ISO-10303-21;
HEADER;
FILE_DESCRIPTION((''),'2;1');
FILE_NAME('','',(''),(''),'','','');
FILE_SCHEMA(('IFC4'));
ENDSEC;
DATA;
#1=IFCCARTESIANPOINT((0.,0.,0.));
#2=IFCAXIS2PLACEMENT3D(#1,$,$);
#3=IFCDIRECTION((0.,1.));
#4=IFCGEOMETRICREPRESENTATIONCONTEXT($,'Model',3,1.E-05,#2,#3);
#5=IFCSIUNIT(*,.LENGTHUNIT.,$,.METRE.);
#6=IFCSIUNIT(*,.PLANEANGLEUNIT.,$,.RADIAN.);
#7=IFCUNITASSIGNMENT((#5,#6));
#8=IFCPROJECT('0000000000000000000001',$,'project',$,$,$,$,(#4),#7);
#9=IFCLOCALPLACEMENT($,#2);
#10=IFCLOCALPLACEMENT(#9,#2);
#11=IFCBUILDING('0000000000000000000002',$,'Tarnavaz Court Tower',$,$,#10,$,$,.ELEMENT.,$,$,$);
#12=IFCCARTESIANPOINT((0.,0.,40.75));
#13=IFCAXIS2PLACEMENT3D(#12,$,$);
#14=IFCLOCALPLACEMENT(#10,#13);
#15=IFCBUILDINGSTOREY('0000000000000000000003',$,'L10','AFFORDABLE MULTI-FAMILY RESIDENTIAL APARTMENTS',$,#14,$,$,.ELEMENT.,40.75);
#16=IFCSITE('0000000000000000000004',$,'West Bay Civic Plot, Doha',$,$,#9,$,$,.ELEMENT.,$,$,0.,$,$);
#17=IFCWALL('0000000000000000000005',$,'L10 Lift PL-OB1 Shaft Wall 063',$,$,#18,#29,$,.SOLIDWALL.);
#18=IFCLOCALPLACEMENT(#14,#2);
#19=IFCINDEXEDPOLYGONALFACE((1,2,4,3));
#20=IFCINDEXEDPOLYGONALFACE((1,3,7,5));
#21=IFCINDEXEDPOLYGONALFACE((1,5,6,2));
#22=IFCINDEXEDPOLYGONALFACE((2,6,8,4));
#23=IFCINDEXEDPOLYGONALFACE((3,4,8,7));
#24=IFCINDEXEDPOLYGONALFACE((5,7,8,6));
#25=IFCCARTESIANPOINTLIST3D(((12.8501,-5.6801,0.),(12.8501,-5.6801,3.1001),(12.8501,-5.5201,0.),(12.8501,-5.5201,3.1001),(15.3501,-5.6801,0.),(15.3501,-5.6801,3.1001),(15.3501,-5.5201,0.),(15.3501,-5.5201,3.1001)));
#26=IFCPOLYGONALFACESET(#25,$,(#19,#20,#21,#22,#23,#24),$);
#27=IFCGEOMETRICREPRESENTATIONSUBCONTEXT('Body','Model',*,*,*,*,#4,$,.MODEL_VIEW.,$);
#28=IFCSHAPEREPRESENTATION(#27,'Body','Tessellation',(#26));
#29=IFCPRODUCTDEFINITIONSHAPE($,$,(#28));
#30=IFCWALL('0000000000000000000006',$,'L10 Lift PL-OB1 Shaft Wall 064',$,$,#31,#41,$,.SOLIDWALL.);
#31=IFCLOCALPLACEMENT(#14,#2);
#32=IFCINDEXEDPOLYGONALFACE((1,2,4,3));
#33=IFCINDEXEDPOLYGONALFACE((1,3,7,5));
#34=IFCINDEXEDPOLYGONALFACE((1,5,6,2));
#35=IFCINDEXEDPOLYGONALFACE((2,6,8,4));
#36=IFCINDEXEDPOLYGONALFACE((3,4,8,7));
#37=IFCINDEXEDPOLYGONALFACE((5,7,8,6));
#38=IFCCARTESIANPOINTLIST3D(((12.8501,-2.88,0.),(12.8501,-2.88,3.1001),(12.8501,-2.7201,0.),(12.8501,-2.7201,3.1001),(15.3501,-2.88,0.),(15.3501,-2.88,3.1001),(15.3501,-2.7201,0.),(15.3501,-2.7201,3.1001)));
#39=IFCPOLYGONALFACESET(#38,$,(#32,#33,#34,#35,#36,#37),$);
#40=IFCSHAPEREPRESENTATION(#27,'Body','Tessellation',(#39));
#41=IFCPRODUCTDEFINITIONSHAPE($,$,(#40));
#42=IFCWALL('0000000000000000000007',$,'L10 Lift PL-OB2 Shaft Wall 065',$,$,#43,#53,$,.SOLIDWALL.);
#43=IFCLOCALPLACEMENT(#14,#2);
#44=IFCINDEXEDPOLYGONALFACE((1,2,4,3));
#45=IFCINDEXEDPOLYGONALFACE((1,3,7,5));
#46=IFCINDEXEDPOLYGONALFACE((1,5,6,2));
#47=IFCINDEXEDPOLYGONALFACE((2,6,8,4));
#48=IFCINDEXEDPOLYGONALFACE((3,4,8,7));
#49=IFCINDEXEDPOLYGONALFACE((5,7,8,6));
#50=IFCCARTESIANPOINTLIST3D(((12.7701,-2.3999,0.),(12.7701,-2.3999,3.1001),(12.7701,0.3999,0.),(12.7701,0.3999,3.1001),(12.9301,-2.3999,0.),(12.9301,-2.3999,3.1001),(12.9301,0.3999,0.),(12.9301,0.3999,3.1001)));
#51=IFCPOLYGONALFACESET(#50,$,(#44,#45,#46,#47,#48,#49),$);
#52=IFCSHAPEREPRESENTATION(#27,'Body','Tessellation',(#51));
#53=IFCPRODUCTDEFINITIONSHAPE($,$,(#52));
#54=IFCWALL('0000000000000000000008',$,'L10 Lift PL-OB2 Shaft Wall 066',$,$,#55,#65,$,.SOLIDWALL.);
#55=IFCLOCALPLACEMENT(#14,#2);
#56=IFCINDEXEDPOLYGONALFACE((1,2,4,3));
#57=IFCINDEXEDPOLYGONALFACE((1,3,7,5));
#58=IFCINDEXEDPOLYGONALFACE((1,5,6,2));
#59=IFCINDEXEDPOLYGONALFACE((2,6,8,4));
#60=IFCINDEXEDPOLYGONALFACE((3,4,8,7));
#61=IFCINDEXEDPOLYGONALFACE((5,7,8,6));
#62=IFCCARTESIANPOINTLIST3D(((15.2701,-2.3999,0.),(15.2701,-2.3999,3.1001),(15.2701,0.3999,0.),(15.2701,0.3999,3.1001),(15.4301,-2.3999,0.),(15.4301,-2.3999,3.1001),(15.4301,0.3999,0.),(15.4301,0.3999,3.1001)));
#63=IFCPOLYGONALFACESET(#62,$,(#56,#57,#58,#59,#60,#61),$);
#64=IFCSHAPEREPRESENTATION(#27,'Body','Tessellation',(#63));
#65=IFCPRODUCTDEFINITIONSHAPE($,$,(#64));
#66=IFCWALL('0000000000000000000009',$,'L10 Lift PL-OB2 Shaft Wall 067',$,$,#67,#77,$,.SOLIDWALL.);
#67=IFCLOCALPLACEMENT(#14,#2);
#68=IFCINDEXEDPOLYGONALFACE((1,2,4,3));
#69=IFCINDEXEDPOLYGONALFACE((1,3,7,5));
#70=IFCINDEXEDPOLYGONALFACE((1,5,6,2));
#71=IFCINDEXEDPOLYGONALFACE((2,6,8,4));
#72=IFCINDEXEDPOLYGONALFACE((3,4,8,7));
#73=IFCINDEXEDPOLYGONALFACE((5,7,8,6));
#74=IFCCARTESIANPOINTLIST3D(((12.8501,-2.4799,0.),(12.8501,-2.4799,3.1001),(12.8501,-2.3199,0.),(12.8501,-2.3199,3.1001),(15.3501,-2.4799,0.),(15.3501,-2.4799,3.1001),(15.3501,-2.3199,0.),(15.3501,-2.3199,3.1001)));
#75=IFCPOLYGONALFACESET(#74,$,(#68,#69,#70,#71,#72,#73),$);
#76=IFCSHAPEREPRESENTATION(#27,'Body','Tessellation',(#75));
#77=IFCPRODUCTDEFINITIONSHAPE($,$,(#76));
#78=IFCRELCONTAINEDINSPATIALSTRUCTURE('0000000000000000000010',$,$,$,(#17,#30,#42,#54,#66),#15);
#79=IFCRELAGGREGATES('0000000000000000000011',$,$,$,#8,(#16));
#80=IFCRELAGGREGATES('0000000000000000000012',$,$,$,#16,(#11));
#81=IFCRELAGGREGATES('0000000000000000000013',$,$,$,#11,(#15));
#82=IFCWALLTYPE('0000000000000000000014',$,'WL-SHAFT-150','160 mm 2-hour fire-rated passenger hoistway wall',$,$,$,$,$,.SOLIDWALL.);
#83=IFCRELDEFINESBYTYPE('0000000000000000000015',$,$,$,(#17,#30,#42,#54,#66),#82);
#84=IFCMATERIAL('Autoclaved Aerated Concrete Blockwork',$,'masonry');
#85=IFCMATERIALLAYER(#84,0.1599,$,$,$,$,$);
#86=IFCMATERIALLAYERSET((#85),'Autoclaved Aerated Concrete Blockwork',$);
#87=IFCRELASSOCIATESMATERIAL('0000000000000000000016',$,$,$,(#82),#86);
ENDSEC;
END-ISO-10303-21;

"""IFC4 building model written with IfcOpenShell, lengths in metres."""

from ifc_helpers import new_model, si_unit, direction, frame, frame_2d, origin, place, context, subcontext, project, spatial, rectangle, extrude, material, layer, layer_set, type_object, element, save


model = new_model("IFC4")

# Units and contexts
model_context = context("Model", 3, precision=1e-05, world=origin(), true_north=direction((0.0, 1.0)))
body_context = subcontext(model_context, "Body", "Model", "MODEL_VIEW")
ifc_project = project(units=[si_unit("LENGTHUNIT", "METRE"), si_unit("PLANEANGLEUNIT", "RADIAN")], contexts=[model_context])

# Site, building, storey
site_placement = place(None, origin())
site = spatial("IfcSite", under=ifc_project, at=site_placement, Name="West Bay Civic Plot, Doha", CompositionType="ELEMENT", RefElevation=0.0)
building_placement = place(site_placement, origin())
building = spatial("IfcBuilding", under=site, at=building_placement, Name="Tarnavaz Court Tower", CompositionType="ELEMENT")
storey_placement = place(building_placement, frame((0.0, 0.0, 40.75)))
storey = spatial("IfcBuildingStorey", under=building, at=storey_placement, Name="L10", Description="AFFORDABLE MULTI-FAMILY RESIDENTIAL APARTMENTS", CompositionType="ELEMENT", Elevation=40.75)

# Walls
ifc_material_1 = material(Name="Autoclaved Aerated Concrete Blockwork", Category="masonry")
ifc_layer_1 = layer(ifc_material_1, 0.1599)
ifc_layer_set_1 = layer_set([ifc_layer_1], Name="Autoclaved Aerated Concrete Blockwork")
wall_type_1 = type_object("IfcWallType", Name="WL-SHAFT-150", Description="160 mm 2-hour fire-rated passenger hoistway wall", PredefinedType="SOLIDWALL", material=ifc_layer_set_1)
for number, where, z_axis, x_axis, name in (
    (1, (12.8501, -5.6001, 0.0), (0.0, 0.0, 1.0), (1.0, 0.0, 0.0), "L10 Lift PL-OB1 Shaft Wall 063"),
    (2, (12.8501, -2.8, 0.0), (0.0, 0.0, 1.0), (1.0, 0.0, 0.0), "L10 Lift PL-OB1 Shaft Wall 064"),
):
    element("IfcWall", number, at=place(storey_placement, frame(where, z_axis=z_axis, x_axis=x_axis)), inside=storey, type_object=wall_type_1, Name=name, PredefinedType="SOLIDWALL", context=body_context, shape_type="SweptSolid", body=[
        extrude(rectangle(XDim=2.5, YDim=0.1599, at=frame_2d((1.25, 0.0))), origin(), (0.0, 0.0, 1.0), 3.1001),
    ])
for number, where, z_axis, x_axis, name in (
    (3, (12.8501, -2.3999, 0.0), (0.0, 0.0, 1.0), (0.0, 1.0, 0.0), "L10 Lift PL-OB2 Shaft Wall 065"),
    (4, (15.3501, -2.3999, 0.0), (0.0, 0.0, 1.0), (0.0, 1.0, 0.0), "L10 Lift PL-OB2 Shaft Wall 066"),
):
    element("IfcWall", number, at=place(storey_placement, frame(where, z_axis=z_axis, x_axis=x_axis)), inside=storey, type_object=wall_type_1, Name=name, PredefinedType="SOLIDWALL", context=body_context, shape_type="SweptSolid", body=[
        extrude(rectangle(XDim=2.7998, YDim=0.1599, at=frame_2d((1.3999, 0.0))), origin(), (0.0, 0.0, 1.0), 3.1001),
    ])
wall_1_placement = place(storey_placement, frame((12.8501, -2.3999, 0.0), z_axis=(0.0, 0.0, 1.0), x_axis=(1.0, 0.0, 0.0)))
element("IfcWall", 5, at=wall_1_placement, inside=storey, type_object=wall_type_1, Name="L10 Lift PL-OB2 Shaft Wall 067", PredefinedType="SOLIDWALL", context=body_context, shape_type="SweptSolid", body=[
    extrude(rectangle(XDim=2.5, YDim=0.1599, at=frame_2d((1.25, 0.0))), origin(), (0.0, 0.0, 1.0), 3.1001),
])

save(model, "model.ifc")
